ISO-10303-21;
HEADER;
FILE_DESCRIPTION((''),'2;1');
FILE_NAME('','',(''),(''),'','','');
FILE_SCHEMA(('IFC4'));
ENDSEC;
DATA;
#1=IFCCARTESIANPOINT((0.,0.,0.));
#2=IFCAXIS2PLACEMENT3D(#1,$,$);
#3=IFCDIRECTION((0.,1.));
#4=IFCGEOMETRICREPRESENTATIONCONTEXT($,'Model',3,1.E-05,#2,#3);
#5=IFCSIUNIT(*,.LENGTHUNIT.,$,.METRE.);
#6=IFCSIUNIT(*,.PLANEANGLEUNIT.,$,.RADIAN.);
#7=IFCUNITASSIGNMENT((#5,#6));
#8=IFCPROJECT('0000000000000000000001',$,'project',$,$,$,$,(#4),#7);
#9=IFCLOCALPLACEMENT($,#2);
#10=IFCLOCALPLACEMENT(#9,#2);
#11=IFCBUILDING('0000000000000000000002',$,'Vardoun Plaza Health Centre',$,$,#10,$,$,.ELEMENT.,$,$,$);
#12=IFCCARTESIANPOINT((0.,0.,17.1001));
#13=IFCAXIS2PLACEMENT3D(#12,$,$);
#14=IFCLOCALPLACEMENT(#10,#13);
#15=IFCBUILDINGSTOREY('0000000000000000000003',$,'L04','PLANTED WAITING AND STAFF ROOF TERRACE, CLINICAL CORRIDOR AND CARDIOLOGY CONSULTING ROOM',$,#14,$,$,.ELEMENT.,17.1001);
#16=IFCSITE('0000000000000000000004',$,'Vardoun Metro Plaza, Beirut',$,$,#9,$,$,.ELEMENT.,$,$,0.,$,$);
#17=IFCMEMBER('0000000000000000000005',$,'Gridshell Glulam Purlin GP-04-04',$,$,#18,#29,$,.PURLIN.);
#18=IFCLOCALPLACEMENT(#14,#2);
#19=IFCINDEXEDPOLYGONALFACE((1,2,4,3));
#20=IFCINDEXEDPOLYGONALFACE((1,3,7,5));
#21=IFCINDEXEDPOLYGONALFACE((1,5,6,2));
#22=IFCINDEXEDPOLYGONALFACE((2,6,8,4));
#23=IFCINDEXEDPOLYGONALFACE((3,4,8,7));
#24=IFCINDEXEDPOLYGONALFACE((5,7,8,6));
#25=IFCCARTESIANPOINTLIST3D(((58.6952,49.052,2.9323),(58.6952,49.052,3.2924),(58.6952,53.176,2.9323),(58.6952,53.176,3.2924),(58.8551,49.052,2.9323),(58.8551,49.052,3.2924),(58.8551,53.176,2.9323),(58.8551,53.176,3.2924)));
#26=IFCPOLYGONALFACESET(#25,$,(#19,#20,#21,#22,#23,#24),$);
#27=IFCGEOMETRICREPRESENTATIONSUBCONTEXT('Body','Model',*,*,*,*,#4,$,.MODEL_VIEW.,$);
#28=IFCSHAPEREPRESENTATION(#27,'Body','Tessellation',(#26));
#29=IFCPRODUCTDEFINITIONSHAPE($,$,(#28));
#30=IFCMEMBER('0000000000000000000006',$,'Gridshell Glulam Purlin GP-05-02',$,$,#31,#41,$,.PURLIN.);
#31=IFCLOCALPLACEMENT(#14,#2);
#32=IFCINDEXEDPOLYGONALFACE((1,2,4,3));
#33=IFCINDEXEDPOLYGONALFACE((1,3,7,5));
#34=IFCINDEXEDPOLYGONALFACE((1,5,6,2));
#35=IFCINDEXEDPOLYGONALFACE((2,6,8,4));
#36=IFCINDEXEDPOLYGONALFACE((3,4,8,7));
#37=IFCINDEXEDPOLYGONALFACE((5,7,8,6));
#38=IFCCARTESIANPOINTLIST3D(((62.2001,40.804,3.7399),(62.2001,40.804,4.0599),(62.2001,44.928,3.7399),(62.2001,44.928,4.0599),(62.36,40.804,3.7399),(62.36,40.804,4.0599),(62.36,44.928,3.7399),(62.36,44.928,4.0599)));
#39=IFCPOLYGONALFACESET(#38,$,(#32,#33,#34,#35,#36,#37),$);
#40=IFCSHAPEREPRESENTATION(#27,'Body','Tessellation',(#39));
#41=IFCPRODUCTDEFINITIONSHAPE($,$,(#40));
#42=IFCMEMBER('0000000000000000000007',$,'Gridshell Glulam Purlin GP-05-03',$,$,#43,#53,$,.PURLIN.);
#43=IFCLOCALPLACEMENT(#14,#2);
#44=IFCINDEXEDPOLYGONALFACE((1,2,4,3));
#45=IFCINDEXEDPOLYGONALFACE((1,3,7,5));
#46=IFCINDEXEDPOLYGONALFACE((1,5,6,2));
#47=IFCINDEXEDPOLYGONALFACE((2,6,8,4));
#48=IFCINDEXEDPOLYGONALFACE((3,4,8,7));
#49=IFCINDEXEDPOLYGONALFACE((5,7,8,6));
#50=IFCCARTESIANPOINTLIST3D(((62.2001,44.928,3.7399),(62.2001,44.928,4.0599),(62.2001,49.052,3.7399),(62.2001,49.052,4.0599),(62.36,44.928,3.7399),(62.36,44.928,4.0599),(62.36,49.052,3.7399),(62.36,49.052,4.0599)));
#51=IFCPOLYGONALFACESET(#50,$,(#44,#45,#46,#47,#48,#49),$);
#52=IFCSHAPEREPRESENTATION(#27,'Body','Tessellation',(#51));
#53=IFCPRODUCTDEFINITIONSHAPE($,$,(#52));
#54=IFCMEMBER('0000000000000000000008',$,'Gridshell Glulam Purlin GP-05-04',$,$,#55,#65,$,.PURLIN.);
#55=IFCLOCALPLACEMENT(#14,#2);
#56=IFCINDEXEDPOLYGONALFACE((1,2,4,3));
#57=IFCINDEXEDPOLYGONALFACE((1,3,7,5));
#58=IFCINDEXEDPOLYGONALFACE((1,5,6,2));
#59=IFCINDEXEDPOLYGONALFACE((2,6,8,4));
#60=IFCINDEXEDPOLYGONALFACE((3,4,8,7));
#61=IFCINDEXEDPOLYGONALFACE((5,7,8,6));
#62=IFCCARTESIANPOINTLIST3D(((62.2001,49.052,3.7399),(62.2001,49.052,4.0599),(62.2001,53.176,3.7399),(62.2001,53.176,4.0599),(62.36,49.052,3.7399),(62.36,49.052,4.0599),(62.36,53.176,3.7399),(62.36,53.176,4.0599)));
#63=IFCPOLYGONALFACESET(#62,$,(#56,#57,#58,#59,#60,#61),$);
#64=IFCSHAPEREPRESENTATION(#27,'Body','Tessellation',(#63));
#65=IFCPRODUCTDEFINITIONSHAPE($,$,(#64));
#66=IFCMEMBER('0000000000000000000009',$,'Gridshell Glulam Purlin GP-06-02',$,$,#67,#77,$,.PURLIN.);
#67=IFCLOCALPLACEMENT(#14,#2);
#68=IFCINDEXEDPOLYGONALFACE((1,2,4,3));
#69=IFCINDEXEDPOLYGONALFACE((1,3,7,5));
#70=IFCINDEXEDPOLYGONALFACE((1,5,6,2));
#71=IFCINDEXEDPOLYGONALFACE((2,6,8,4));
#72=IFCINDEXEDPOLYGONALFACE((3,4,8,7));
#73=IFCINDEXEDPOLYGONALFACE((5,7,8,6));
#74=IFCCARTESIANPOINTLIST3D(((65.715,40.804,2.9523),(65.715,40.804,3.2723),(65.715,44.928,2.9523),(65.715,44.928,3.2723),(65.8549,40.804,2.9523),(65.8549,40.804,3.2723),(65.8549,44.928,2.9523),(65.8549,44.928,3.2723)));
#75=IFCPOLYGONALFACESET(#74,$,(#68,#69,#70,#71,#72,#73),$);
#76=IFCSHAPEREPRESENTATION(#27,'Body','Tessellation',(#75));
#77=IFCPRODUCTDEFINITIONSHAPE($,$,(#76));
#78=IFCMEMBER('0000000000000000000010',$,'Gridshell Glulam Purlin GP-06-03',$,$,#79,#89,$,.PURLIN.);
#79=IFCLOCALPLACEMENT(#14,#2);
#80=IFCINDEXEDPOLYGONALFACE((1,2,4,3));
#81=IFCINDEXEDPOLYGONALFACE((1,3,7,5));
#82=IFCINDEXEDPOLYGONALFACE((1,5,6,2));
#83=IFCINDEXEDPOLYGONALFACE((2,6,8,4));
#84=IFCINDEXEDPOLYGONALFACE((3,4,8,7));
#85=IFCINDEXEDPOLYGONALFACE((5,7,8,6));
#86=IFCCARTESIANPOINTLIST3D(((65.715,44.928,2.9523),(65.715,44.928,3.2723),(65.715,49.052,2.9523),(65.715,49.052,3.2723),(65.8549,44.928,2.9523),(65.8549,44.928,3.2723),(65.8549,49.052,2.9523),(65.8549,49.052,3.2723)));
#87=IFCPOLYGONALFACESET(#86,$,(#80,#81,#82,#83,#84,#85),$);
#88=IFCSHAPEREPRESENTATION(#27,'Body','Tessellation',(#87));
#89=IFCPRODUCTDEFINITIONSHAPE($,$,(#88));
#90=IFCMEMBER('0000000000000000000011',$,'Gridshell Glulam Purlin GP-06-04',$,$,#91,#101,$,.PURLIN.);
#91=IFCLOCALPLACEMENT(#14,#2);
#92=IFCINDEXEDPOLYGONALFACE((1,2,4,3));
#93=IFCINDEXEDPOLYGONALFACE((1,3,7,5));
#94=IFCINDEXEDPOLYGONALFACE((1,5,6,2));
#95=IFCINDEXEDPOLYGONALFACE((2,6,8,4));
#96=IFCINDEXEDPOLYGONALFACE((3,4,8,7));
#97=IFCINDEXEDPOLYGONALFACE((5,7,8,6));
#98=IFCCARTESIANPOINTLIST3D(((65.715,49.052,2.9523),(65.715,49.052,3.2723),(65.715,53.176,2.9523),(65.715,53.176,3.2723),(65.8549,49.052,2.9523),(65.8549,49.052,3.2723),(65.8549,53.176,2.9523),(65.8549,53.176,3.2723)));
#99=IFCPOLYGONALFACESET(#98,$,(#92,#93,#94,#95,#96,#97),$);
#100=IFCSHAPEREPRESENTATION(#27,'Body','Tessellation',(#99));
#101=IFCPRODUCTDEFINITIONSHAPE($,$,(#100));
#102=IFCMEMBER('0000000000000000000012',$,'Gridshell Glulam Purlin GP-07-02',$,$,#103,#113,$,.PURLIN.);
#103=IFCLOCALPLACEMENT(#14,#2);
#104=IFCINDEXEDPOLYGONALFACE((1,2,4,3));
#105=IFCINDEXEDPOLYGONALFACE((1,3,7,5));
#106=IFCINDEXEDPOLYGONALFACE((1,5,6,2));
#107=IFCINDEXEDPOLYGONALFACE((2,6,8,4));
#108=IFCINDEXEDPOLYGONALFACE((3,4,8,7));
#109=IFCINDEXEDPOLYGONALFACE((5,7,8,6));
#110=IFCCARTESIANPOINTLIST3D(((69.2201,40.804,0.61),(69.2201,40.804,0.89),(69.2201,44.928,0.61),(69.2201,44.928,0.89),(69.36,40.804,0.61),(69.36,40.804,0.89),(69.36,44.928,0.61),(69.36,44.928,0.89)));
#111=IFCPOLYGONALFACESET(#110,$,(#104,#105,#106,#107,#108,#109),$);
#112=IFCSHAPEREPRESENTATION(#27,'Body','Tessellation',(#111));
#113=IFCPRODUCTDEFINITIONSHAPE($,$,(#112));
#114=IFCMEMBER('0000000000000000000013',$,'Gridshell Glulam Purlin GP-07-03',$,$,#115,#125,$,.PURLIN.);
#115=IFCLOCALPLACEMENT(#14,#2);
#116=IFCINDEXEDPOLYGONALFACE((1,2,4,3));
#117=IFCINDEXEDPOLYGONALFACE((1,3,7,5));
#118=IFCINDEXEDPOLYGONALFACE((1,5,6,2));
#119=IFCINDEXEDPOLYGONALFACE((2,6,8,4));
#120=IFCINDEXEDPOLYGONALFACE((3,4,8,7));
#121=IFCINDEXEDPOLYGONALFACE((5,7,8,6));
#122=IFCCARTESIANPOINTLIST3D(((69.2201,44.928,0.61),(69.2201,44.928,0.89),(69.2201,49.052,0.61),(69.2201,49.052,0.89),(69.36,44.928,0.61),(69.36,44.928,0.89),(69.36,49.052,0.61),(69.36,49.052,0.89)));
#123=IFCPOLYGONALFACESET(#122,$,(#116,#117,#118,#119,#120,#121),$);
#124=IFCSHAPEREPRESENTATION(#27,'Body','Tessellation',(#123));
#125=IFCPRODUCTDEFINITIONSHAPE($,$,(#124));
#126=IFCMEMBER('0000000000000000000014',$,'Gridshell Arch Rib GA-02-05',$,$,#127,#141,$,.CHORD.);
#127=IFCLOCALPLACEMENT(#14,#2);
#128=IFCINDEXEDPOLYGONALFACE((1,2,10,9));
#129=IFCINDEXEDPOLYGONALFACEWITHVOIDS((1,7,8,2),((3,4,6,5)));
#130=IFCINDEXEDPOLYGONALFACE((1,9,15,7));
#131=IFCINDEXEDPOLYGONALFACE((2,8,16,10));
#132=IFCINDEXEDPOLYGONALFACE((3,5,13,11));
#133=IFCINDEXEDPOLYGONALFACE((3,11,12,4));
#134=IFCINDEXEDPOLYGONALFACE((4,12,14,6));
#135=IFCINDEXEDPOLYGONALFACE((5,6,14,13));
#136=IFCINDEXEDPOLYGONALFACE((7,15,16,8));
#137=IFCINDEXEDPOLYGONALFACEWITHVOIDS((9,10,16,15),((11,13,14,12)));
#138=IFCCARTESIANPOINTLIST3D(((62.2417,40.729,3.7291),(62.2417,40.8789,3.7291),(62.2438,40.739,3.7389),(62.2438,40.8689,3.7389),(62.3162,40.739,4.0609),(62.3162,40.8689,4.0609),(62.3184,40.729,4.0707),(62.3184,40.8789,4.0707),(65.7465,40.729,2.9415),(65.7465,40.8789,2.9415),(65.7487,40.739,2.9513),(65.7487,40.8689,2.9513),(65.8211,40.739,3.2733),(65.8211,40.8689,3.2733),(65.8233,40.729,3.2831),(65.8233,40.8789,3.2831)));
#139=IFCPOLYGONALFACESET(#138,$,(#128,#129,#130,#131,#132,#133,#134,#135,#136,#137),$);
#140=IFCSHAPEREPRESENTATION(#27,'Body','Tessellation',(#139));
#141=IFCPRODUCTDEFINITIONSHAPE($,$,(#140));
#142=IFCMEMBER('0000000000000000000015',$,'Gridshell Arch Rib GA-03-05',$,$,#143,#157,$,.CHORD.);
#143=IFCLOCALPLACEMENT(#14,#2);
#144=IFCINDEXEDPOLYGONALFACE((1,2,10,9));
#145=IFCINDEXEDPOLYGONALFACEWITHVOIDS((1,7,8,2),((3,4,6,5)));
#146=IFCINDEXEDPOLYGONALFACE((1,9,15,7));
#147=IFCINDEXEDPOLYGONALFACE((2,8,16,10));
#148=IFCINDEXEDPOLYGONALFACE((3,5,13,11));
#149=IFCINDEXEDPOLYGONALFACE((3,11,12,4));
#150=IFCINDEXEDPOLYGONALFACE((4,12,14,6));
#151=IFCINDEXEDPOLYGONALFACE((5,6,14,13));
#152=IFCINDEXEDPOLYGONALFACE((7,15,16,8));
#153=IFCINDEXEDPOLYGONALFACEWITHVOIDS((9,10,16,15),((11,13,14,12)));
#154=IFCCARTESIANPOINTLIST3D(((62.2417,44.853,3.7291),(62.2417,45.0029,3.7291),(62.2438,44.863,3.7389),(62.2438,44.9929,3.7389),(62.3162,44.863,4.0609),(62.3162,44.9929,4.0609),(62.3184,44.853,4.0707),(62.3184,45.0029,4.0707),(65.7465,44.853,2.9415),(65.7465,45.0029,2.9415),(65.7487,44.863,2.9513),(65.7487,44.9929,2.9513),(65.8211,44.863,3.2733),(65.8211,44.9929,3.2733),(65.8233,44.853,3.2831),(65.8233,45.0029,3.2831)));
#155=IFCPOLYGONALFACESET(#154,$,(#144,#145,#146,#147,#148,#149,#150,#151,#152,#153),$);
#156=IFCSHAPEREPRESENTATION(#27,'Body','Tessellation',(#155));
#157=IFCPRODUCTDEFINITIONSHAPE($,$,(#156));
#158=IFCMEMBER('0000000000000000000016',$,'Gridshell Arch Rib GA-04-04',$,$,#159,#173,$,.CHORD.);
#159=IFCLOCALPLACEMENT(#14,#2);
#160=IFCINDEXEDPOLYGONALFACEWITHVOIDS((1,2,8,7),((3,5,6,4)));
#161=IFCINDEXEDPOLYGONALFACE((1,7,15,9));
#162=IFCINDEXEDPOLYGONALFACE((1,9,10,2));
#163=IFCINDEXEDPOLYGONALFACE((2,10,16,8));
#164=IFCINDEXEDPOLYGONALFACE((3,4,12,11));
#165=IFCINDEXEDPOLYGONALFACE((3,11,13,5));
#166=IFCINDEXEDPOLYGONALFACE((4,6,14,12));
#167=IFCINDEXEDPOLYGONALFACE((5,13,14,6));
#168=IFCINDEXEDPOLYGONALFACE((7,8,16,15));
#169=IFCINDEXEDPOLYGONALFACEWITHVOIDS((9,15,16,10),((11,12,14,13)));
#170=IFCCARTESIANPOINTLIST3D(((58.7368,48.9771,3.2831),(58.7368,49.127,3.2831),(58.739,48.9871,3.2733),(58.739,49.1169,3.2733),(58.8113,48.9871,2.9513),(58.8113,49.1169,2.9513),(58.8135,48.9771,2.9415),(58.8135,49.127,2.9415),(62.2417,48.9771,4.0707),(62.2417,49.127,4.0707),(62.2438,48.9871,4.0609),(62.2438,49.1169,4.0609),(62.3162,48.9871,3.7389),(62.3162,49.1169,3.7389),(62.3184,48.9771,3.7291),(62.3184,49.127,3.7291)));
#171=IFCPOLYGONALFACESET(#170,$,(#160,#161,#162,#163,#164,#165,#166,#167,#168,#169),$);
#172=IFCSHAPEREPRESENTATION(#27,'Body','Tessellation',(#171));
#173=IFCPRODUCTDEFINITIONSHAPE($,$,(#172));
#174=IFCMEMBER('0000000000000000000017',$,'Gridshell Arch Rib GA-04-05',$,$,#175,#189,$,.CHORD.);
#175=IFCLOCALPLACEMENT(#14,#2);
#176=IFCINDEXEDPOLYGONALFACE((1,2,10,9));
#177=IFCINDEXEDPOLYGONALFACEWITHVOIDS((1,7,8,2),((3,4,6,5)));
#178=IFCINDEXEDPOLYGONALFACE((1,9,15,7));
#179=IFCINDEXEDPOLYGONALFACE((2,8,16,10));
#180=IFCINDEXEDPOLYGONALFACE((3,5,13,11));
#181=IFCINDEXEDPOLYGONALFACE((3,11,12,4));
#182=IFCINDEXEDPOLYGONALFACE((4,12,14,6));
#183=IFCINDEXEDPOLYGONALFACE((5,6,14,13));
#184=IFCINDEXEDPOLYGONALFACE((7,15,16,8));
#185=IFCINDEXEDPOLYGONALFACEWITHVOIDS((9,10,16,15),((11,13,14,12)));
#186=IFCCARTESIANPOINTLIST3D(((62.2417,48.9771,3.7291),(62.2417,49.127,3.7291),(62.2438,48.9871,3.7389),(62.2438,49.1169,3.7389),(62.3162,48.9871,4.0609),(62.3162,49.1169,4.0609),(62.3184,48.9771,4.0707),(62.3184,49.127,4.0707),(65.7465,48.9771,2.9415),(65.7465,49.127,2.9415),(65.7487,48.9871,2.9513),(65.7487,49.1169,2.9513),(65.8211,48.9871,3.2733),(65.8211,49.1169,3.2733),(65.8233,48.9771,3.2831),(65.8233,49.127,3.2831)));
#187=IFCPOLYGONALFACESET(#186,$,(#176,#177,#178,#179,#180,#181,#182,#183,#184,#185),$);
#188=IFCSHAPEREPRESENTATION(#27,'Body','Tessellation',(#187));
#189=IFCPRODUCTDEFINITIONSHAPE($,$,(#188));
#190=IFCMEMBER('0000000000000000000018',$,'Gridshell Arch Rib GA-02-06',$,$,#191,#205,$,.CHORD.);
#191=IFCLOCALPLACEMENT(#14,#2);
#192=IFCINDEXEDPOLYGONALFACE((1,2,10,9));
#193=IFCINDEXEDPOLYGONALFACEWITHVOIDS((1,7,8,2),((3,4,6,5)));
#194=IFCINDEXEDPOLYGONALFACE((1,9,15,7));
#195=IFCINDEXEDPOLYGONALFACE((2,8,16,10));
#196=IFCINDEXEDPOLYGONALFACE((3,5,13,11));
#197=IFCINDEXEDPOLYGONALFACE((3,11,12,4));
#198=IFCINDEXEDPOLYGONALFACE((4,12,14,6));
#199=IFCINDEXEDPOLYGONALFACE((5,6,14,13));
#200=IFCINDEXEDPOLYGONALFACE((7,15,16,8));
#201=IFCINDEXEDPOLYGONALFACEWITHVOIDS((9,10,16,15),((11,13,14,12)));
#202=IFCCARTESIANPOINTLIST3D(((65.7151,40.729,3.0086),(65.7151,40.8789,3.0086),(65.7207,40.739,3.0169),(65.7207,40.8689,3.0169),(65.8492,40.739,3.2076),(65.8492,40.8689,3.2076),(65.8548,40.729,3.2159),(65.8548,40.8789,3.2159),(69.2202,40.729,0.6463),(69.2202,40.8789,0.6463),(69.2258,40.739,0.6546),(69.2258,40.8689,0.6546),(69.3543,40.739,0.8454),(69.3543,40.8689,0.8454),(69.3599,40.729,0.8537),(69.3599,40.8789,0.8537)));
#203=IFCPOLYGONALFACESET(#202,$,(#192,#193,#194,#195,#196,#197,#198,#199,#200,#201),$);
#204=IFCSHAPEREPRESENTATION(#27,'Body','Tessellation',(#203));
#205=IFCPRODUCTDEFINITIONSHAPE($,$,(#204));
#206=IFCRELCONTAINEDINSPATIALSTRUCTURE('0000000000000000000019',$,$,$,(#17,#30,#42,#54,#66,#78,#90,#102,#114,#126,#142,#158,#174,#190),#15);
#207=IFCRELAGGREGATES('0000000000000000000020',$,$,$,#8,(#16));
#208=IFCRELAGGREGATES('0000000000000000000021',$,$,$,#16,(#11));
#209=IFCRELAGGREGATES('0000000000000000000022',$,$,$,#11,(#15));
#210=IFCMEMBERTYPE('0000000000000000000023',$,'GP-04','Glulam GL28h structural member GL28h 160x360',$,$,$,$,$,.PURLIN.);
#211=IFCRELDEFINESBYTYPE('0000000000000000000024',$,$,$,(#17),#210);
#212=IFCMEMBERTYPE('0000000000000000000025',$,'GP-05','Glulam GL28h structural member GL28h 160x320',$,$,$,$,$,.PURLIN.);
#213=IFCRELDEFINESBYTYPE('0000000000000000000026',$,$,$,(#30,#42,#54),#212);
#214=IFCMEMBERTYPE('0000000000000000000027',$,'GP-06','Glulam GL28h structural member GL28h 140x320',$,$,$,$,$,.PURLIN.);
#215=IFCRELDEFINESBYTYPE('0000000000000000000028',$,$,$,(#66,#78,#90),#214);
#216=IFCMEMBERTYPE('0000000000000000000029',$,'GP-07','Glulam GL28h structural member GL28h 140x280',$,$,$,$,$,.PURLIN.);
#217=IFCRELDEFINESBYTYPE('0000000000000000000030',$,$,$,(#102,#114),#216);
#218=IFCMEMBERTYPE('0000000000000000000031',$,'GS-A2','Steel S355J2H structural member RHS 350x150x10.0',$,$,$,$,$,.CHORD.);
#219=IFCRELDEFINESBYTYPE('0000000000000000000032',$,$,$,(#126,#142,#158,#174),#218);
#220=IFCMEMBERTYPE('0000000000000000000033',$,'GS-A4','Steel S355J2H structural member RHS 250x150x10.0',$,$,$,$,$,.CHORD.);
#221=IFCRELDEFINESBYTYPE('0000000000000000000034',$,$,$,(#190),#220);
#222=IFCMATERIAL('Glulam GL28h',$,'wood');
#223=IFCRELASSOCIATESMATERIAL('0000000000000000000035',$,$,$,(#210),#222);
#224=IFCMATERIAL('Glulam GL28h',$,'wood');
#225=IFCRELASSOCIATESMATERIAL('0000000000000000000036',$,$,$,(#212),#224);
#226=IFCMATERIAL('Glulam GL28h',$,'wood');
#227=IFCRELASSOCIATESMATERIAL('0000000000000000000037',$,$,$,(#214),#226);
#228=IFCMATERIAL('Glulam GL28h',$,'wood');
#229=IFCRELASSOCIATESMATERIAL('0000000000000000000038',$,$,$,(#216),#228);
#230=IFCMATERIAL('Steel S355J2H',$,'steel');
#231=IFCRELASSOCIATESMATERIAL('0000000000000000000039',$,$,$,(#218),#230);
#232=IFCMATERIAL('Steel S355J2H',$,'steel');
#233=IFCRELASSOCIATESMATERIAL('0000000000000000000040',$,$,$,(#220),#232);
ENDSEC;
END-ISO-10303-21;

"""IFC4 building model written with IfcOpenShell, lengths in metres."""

from ifc_helpers import new_model, si_unit, direction, frame, origin, origin_2d, place, context, subcontext, project, spatial, rectangle, hollow_rectangle, extrude, material, material_profile, profile_set, type_object, element, save


model = new_model("IFC4")

# Units and contexts
model_context = context("Model", 3, precision=1e-05, world=origin(), true_north=direction((0.0, 1.0)))
body_context = subcontext(model_context, "Body", "Model", "MODEL_VIEW")
ifc_project = project(units=[si_unit("LENGTHUNIT", "METRE"), si_unit("PLANEANGLEUNIT", "RADIAN")], contexts=[model_context])

# Site, building, storey
site_placement = place(None, origin())
site = spatial("IfcSite", under=ifc_project, at=site_placement, Name="Vardoun Metro Plaza, Beirut", CompositionType="ELEMENT", RefElevation=0.0)
building_placement = place(site_placement, origin())
building = spatial("IfcBuilding", under=site, at=building_placement, Name="Vardoun Plaza Health Centre", CompositionType="ELEMENT")
storey_placement = place(building_placement, frame((0.0, 0.0, 17.1001)))
storey = spatial("IfcBuildingStorey", under=building, at=storey_placement, Name="L04", Description="PLANTED WAITING AND STAFF ROOF TERRACE, CLINICAL CORRIDOR AND CARDIOLOGY CONSULTING ROOM", CompositionType="ELEMENT", Elevation=17.1001)

# Members
ifc_material_1 = material(Name="Glulam GL28h", Category="wood")
ifc_material_profile_1 = material_profile(ifc_material_1, rectangle(XDim=0.1599, YDim=0.3601, at=origin_2d()), Name="GL28h 160x360")
ifc_profile_set_1 = profile_set([ifc_material_profile_1], Name="Glulam GL28h")
member_type_1 = type_object("IfcMemberType", Name="GP-04", Description="Glulam GL28h structural member GL28h 160x360", PredefinedType="PURLIN", material=ifc_profile_set_1)
member_1_placement = place(storey_placement, frame((58.7751, 49.052, 3.1123), z_axis=(0.0, 1.0, 0.0), x_axis=(-1.0, 0.0, 0.0)))
element("IfcMember", 1, at=member_1_placement, inside=storey, type_object=member_type_1, Name="Gridshell Glulam Purlin GP-04-04", PredefinedType="PURLIN", context=body_context, shape_type="SweptSolid", body=[
    extrude(rectangle(XDim=0.1599, YDim=0.3601, at=origin_2d()), origin(), (0.0, 0.0, 1.0), 4.124),
])
ifc_material_2 = material(Name="Glulam GL28h", Category="wood")
ifc_material_profile_2 = material_profile(ifc_material_2, rectangle(XDim=0.1599, YDim=0.3201, at=origin_2d()), Name="GL28h 160x320")
ifc_profile_set_2 = profile_set([ifc_material_profile_2], Name="Glulam GL28h")
member_type_2 = type_object("IfcMemberType", Name="GP-05", Description="Glulam GL28h structural member GL28h 160x320", PredefinedType="PURLIN", material=ifc_profile_set_2)
for number, where, z_axis, x_axis, name in (
    (2, (62.28, 40.804, 3.8999), (0.0, 1.0, 0.0), (-1.0, 0.0, 0.0), "Gridshell Glulam Purlin GP-05-02"),
    (3, (62.28, 44.928, 3.8999), (0.0, 1.0, 0.0), (-1.0, 0.0, 0.0), "Gridshell Glulam Purlin GP-05-03"),
    (4, (62.28, 49.052, 3.8999), (0.0, 1.0, 0.0), (-1.0, 0.0, 0.0), "Gridshell Glulam Purlin GP-05-04"),
):
    element("IfcMember", number, at=place(storey_placement, frame(where, z_axis=z_axis, x_axis=x_axis)), inside=storey, type_object=member_type_2, Name=name, PredefinedType="PURLIN", context=body_context, shape_type="SweptSolid", body=[
        extrude(rectangle(XDim=0.1599, YDim=0.3201, at=origin_2d()), origin(), (0.0, 0.0, 1.0), 4.124),
    ])
ifc_material_3 = material(Name="Glulam GL28h", Category="wood")
ifc_material_profile_3 = material_profile(ifc_material_3, rectangle(XDim=0.1399, YDim=0.3201, at=origin_2d()), Name="GL28h 140x320")
ifc_profile_set_3 = profile_set([ifc_material_profile_3], Name="Glulam GL28h")
member_type_3 = type_object("IfcMemberType", Name="GP-06", Description="Glulam GL28h structural member GL28h 140x320", PredefinedType="PURLIN", material=ifc_profile_set_3)
for number, where, z_axis, x_axis, name in (
    (5, (65.7849, 40.804, 3.1123), (0.0, 1.0, 0.0), (-1.0, 0.0, 0.0), "Gridshell Glulam Purlin GP-06-02"),
    (6, (65.7849, 44.928, 3.1123), (0.0, 1.0, 0.0), (-1.0, 0.0, 0.0), "Gridshell Glulam Purlin GP-06-03"),
    (7, (65.7849, 49.052, 3.1123), (0.0, 1.0, 0.0), (-1.0, 0.0, 0.0), "Gridshell Glulam Purlin GP-06-04"),
):
    element("IfcMember", number, at=place(storey_placement, frame(where, z_axis=z_axis, x_axis=x_axis)), inside=storey, type_object=member_type_3, Name=name, PredefinedType="PURLIN", context=body_context, shape_type="SweptSolid", body=[
        extrude(rectangle(XDim=0.1399, YDim=0.3201, at=origin_2d()), origin(), (0.0, 0.0, 1.0), 4.124),
    ])
ifc_material_4 = material(Name="Glulam GL28h", Category="wood")
ifc_material_profile_4 = material_profile(ifc_material_4, rectangle(XDim=0.1399, YDim=0.28, at=origin_2d()), Name="GL28h 140x280")
ifc_profile_set_4 = profile_set([ifc_material_profile_4], Name="Glulam GL28h")
member_type_4 = type_object("IfcMemberType", Name="GP-07", Description="Glulam GL28h structural member GL28h 140x280", PredefinedType="PURLIN", material=ifc_profile_set_4)
for number, where, z_axis, x_axis, name in (
    (8, (69.29, 40.804, 0.75), (0.0, 1.0, 0.0), (-1.0, 0.0, 0.0), "Gridshell Glulam Purlin GP-07-02"),
    (9, (69.29, 44.928, 0.75), (0.0, 1.0, 0.0), (-1.0, 0.0, 0.0), "Gridshell Glulam Purlin GP-07-03"),
):
    element("IfcMember", number, at=place(storey_placement, frame(where, z_axis=z_axis, x_axis=x_axis)), inside=storey, type_object=member_type_4, Name=name, PredefinedType="PURLIN", context=body_context, shape_type="SweptSolid", body=[
        extrude(rectangle(XDim=0.1399, YDim=0.28, at=origin_2d()), origin(), (0.0, 0.0, 1.0), 4.124),
    ])
ifc_material_5 = material(Name="Steel S355J2H", Category="steel")
ifc_material_profile_5 = material_profile(ifc_material_5, hollow_rectangle(XDim=0.1499, YDim=0.3501, WallThickness=0.01, at=origin_2d()), Name="RHS 350x150x10.0")
ifc_profile_set_5 = profile_set([ifc_material_profile_5], Name="Steel S355J2H")
member_type_5 = type_object("IfcMemberType", Name="GS-A2", Description="Steel S355J2H structural member RHS 350x150x10.0", PredefinedType="CHORD", material=ifc_profile_set_5)
for number, where, z_axis, x_axis, name in (
    (10, (65.7849, 40.804, 3.1123), (-0.975669, 0.0, 0.219247), (0.0, -1.0, 0.0), "Gridshell Arch Rib GA-02-05"),
    (11, (65.7849, 44.928, 3.1123), (-0.975669, 0.0, 0.219247), (0.0, -1.0, 0.0), "Gridshell Arch Rib GA-03-05"),
    (12, (58.7751, 49.052, 3.1123), (0.975669, 0.0, 0.219247), (0.0, 1.0, 0.0), "Gridshell Arch Rib GA-04-04"),
    (13, (65.7849, 49.052, 3.1123), (-0.975669, 0.0, 0.219247), (0.0, -1.0, 0.0), "Gridshell Arch Rib GA-04-05"),
):
    element("IfcMember", number, at=place(storey_placement, frame(where, z_axis=z_axis, x_axis=x_axis)), inside=storey, type_object=member_type_5, Name=name, PredefinedType="CHORD", context=body_context, shape_type="SweptSolid", body=[
        extrude(hollow_rectangle(XDim=0.1499, YDim=0.3501, WallThickness=0.01, at=origin_2d()), origin(), (0.0, 0.0, 1.0), 3.5923),
    ])
ifc_material_6 = material(Name="Steel S355J2H", Category="steel")
ifc_material_profile_6 = material_profile(ifc_material_6, hollow_rectangle(XDim=0.1499, YDim=0.25, WallThickness=0.01, at=origin_2d()), Name="RHS 250x150x10.0")
ifc_profile_set_6 = profile_set([ifc_material_profile_6], Name="Steel S355J2H")
member_type_6 = type_object("IfcMemberType", Name="GS-A4", Description="Steel S355J2H structural member RHS 250x150x10.0", PredefinedType="CHORD", material=ifc_profile_set_6)
for number, where, z_axis, x_axis, name in (
    (14, (69.29, 40.804, 0.75), (-0.82925, 0.0, 0.558879), (0.0, -1.0, 0.0), "Gridshell Arch Rib GA-02-06"),
):
    element("IfcMember", number, at=place(storey_placement, frame(where, z_axis=z_axis, x_axis=x_axis)), inside=storey, type_object=member_type_6, Name=name, PredefinedType="CHORD", context=body_context, shape_type="SweptSolid", body=[
        extrude(hollow_rectangle(XDim=0.1499, YDim=0.25, WallThickness=0.01, at=origin_2d()), origin(), (0.0, 0.0, 1.0), 4.2268),
    ])

save(model, "model.ifc")
